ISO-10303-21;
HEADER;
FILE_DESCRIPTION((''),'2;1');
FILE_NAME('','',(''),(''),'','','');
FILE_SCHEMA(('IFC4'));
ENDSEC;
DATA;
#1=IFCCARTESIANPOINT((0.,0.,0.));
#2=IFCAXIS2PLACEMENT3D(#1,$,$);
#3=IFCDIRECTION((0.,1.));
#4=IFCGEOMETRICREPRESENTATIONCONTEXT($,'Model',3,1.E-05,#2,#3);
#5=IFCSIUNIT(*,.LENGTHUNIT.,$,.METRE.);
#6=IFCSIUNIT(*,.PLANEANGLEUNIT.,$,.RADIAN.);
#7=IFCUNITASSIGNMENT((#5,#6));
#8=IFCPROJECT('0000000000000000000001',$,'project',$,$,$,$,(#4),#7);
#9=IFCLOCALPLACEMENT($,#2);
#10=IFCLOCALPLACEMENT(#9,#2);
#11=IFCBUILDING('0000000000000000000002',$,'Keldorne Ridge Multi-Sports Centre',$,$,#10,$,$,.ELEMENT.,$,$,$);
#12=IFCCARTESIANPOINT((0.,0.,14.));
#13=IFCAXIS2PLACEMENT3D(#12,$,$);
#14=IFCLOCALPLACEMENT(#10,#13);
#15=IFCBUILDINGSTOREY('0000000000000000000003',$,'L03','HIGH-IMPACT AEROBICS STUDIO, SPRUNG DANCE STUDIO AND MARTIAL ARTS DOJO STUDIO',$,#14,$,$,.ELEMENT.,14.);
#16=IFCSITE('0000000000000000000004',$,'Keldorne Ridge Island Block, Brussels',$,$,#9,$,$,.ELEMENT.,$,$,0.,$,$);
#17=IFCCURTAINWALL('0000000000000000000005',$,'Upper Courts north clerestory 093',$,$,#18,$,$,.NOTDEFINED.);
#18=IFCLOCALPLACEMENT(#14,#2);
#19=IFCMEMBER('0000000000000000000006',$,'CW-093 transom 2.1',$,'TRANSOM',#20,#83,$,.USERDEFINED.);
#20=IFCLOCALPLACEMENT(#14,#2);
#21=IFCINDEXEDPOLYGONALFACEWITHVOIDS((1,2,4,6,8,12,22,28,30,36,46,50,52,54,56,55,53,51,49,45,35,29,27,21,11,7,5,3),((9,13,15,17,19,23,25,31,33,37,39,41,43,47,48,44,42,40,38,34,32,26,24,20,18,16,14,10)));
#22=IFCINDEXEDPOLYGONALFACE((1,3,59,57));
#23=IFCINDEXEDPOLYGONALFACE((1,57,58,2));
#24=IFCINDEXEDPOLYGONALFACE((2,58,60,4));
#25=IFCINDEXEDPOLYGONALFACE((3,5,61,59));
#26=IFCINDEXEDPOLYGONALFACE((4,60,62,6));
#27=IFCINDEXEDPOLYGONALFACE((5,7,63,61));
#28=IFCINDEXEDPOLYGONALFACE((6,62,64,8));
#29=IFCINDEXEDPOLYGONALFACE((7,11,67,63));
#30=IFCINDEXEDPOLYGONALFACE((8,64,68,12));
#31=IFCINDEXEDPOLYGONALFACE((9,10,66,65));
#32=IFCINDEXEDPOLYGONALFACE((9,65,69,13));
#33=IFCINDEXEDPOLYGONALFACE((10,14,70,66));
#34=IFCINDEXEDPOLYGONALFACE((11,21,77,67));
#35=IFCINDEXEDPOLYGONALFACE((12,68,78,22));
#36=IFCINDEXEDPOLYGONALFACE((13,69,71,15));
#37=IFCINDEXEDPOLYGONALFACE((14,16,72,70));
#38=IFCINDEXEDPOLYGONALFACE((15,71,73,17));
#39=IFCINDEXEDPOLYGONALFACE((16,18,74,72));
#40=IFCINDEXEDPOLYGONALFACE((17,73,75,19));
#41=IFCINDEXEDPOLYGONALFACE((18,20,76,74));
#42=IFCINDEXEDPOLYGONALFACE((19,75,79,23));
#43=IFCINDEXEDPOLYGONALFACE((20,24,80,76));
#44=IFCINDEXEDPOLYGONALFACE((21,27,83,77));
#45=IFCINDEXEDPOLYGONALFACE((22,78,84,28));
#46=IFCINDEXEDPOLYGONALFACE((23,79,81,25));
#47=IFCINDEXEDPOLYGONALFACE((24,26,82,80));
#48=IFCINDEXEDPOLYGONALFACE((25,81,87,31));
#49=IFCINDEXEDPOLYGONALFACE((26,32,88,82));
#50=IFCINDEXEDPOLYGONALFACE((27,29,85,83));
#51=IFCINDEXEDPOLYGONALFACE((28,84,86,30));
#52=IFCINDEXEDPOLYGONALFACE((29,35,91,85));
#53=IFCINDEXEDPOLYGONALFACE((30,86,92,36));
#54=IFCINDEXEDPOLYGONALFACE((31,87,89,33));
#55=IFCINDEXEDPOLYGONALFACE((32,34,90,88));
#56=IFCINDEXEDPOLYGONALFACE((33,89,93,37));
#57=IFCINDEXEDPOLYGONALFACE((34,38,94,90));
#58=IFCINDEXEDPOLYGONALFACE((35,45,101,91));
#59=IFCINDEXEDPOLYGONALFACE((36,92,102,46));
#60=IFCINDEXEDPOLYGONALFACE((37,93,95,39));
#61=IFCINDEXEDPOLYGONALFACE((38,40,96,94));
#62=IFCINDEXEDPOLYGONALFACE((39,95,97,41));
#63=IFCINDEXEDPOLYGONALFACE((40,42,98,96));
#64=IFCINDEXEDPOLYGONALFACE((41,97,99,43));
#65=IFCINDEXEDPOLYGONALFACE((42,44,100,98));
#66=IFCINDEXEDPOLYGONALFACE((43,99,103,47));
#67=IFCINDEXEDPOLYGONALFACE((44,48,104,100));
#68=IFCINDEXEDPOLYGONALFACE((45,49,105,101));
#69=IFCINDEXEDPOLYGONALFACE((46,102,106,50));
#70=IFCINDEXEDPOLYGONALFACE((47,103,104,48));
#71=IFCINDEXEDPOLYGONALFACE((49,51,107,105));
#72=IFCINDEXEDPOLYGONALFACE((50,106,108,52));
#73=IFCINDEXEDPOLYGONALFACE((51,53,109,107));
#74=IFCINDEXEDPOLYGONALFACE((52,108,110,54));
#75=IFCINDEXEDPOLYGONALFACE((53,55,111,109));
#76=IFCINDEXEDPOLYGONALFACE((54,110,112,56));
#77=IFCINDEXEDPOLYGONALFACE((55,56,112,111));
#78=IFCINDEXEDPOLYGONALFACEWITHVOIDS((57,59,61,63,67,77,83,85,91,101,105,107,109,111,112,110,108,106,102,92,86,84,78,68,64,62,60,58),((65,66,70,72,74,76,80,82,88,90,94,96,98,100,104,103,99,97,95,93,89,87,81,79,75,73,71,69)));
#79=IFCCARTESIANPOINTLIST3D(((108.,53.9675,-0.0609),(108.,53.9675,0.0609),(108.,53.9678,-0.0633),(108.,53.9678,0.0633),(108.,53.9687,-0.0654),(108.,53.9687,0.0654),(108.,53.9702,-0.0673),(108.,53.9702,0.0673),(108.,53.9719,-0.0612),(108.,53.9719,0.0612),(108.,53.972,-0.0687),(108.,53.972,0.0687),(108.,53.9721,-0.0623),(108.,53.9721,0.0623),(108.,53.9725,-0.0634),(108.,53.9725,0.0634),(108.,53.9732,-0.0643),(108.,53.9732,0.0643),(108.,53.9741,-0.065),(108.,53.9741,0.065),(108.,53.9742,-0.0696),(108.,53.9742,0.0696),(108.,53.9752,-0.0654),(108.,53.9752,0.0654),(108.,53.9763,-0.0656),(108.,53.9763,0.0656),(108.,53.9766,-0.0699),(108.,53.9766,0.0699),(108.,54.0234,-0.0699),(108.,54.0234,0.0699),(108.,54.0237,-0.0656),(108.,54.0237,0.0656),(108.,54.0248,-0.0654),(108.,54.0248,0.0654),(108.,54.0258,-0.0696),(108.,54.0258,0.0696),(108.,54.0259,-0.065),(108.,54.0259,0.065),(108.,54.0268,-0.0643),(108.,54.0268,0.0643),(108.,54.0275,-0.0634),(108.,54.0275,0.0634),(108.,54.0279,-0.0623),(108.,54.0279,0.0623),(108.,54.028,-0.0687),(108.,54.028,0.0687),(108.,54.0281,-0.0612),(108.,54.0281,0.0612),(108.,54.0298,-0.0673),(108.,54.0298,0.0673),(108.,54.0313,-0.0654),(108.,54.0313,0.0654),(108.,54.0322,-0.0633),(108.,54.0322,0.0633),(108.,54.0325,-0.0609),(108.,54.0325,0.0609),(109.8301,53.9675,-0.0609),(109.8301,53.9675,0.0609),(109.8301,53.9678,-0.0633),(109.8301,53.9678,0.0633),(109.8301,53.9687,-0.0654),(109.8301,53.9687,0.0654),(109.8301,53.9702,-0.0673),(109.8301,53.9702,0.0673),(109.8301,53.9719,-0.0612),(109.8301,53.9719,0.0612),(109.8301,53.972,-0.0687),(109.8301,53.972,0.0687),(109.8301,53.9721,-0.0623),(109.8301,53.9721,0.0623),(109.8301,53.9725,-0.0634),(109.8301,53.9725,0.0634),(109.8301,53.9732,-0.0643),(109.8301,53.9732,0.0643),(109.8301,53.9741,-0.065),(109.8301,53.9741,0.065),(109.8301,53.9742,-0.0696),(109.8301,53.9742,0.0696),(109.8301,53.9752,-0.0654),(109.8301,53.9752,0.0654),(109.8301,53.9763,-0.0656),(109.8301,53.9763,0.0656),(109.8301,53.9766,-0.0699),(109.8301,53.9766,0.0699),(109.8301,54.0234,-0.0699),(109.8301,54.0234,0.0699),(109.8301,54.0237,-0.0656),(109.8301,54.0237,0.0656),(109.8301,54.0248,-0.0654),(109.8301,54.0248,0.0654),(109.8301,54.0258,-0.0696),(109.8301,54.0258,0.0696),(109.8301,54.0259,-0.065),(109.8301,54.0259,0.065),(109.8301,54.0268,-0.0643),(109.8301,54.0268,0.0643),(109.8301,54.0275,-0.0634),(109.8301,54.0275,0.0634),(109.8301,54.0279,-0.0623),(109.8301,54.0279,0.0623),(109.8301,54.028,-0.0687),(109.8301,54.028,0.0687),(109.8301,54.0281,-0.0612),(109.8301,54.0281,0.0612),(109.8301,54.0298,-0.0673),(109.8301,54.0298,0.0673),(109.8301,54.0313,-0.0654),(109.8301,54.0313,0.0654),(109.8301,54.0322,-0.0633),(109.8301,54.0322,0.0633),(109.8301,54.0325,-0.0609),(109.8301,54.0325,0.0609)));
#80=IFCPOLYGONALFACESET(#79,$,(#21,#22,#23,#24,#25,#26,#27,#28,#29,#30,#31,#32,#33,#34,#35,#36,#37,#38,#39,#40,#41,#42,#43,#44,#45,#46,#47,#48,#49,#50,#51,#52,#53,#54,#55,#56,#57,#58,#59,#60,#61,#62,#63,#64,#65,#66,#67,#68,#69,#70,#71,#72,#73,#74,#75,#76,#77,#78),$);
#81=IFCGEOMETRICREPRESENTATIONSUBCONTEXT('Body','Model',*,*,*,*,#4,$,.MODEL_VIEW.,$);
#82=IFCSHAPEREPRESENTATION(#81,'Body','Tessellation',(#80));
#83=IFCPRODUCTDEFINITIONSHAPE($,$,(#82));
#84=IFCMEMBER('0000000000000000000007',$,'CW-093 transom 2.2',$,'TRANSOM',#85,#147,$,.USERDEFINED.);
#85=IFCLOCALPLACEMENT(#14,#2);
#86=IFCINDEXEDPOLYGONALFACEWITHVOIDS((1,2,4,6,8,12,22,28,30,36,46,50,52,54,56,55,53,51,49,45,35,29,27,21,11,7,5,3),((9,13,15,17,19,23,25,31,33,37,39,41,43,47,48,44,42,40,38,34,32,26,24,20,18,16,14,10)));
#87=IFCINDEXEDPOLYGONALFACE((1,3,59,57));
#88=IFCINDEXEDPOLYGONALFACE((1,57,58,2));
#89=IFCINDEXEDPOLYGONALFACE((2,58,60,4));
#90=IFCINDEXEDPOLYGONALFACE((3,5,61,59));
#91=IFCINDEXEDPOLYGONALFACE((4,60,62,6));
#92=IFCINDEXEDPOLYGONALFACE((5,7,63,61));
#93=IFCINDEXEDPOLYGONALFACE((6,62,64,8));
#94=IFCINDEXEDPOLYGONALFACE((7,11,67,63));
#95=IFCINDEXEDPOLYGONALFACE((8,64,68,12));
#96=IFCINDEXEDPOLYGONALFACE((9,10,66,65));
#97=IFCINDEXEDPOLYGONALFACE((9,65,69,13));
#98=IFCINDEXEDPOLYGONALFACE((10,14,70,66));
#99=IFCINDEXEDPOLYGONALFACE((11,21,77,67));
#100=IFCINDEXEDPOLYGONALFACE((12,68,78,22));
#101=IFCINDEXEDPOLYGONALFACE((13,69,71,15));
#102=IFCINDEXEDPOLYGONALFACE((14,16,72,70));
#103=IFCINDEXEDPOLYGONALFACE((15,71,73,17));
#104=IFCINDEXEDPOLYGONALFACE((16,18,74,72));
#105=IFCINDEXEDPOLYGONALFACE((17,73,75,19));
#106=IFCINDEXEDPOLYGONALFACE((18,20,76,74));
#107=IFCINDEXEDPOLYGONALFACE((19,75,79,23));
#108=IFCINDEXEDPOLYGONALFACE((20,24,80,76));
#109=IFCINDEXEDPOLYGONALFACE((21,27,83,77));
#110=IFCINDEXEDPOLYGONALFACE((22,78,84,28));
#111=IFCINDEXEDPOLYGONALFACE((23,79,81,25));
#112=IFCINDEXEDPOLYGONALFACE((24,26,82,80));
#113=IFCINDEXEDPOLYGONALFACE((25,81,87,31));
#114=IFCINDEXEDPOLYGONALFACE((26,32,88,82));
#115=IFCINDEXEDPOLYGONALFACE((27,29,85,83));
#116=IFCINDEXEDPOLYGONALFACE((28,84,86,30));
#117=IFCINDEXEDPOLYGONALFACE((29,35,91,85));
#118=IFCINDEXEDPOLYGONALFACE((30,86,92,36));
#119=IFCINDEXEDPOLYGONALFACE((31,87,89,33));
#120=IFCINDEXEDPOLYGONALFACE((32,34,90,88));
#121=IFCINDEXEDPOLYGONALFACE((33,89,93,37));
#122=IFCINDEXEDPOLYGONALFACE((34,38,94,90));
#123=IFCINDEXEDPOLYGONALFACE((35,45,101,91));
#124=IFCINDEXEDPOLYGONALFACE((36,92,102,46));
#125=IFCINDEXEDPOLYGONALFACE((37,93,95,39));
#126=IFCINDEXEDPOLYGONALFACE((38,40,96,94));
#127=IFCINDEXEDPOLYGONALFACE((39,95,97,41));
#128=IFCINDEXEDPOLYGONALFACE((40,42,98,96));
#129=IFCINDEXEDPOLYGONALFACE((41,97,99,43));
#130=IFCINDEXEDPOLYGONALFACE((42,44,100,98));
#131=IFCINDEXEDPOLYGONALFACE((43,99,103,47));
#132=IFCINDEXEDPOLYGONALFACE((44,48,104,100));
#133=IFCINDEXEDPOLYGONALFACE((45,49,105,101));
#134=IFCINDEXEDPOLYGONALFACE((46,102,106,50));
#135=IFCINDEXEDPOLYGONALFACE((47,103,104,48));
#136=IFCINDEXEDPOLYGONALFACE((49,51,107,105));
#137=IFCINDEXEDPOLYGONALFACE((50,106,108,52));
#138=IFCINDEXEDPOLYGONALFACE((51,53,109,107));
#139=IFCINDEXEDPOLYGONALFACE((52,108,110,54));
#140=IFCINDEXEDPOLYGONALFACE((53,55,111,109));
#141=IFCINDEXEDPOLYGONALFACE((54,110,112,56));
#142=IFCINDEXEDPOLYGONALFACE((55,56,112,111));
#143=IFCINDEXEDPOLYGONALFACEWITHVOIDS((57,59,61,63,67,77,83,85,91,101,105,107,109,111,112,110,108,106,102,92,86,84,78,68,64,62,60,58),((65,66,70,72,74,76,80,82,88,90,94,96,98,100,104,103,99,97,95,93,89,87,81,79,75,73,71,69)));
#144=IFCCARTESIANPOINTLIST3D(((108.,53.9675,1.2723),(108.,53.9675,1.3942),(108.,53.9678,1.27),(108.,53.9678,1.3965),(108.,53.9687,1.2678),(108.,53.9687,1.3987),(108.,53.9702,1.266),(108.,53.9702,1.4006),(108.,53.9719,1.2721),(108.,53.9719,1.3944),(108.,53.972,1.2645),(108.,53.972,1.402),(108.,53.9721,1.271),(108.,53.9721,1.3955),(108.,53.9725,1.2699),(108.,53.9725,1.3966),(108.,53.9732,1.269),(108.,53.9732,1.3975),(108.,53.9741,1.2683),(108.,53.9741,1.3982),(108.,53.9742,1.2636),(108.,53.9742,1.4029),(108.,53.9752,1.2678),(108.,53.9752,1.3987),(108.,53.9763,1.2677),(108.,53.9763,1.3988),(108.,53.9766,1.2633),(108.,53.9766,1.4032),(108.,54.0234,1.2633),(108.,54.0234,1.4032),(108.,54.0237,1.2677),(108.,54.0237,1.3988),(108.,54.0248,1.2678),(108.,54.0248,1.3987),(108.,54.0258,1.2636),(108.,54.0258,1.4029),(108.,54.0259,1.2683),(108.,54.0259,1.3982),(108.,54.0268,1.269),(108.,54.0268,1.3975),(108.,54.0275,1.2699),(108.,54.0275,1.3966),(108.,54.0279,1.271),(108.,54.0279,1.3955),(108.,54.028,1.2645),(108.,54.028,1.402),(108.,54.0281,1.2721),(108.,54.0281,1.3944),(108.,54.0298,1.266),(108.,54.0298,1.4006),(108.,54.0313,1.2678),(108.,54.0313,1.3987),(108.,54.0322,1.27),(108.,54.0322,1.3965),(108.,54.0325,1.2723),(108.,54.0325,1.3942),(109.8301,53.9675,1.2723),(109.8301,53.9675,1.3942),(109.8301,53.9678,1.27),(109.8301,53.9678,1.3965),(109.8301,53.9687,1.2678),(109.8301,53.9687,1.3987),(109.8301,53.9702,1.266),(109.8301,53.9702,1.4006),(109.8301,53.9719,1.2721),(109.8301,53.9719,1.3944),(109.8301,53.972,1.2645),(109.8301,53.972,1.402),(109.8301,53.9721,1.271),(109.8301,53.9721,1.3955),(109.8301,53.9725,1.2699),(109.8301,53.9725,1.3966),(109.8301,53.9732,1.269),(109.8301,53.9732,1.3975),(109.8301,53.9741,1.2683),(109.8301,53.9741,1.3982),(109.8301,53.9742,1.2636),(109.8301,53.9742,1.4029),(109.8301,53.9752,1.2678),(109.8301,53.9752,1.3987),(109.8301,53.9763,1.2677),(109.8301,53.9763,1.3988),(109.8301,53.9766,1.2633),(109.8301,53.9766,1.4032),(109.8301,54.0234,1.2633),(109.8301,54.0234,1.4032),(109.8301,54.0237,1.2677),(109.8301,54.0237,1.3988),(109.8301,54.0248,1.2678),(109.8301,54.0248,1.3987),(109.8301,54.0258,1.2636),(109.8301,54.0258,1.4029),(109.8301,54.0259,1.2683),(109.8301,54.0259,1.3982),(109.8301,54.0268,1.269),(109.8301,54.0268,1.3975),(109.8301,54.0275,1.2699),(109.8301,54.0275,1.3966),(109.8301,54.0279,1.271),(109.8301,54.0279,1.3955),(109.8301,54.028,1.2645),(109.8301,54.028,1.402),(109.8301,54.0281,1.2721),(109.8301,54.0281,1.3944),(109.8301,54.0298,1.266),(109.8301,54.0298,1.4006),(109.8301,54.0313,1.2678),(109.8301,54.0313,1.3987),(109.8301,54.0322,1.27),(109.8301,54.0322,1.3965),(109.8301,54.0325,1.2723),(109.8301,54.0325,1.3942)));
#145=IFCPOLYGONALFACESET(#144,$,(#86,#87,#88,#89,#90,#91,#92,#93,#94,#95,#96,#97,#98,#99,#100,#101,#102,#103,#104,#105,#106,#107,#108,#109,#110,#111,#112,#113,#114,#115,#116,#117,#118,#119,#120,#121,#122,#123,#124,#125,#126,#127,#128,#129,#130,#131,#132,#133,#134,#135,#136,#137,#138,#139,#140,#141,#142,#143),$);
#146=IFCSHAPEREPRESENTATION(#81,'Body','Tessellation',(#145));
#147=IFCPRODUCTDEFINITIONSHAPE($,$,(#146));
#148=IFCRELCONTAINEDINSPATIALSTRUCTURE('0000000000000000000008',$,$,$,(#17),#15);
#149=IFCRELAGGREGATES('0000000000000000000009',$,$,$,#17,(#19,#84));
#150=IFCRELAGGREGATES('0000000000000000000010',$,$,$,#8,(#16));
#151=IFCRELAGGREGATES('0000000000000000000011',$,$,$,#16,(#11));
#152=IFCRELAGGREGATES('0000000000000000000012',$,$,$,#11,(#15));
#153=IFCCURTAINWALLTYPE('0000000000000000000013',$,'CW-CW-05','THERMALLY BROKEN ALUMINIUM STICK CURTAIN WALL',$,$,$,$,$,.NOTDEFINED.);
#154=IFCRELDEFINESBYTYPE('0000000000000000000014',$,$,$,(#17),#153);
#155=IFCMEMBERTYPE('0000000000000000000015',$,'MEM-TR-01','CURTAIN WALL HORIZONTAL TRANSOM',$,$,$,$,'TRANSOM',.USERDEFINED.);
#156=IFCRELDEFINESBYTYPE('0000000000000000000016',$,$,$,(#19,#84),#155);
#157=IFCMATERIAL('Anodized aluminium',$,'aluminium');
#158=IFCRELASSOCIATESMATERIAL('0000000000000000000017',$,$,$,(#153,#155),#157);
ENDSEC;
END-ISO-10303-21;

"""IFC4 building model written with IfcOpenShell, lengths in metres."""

from ifc_helpers import new_model, si_unit, direction, frame, origin, origin_2d, place, context, subcontext, project, spatial, hollow_rectangle, extrude, material, material_profile, profile_set, type_object, element, aggregate, save


model = new_model("IFC4")

# Units and contexts
model_context = context("Model", 3, precision=1e-05, world=origin(), true_north=direction((0.0, 1.0)))
body_context = subcontext(model_context, "Body", "Model", "MODEL_VIEW")
ifc_project = project(units=[si_unit("LENGTHUNIT", "METRE"), si_unit("PLANEANGLEUNIT", "RADIAN")], contexts=[model_context])

# Site, building, storey
site_placement = place(None, origin())
site = spatial("IfcSite", under=ifc_project, at=site_placement, Name="Keldorne Ridge Island Block, Brussels", CompositionType="ELEMENT", RefElevation=0.0)
building_placement = place(site_placement, origin())
building = spatial("IfcBuilding", under=site, at=building_placement, Name="Keldorne Ridge Multi-Sports Centre", CompositionType="ELEMENT")
storey_placement = place(building_placement, frame((0.0, 0.0, 14.0)))
storey = spatial("IfcBuildingStorey", under=building, at=storey_placement, Name="L03", Description="HIGH-IMPACT AEROBICS STUDIO, SPRUNG DANCE STUDIO AND MARTIAL ARTS DOJO STUDIO", CompositionType="ELEMENT", Elevation=14.0)

# Curtain wall, members
ifc_material_1 = material(Name="Anodized aluminium", Category="aluminium")
curtain_wall_type = type_object("IfcCurtainWallType", Name="CW-CW-05", Description="THERMALLY BROKEN ALUMINIUM STICK CURTAIN WALL", PredefinedType="NOTDEFINED", material=ifc_material_1)
curtain_wall_placement = place(storey_placement, origin())
curtain_wall = element("IfcCurtainWall", 1, at=curtain_wall_placement, inside=storey, type_object=curtain_wall_type, Name="Upper Courts north clerestory 093", PredefinedType="NOTDEFINED")
ifc_material_profile_1 = material_profile(ifc_material_1, hollow_rectangle(XDim=0.0649, YDim=0.1399, WallThickness=0.0044, InnerFilletRadius=0.0044, OuterFilletRadius=0.009, at=origin_2d()), Name="ALU TRANSOM 140x65x4.5")
ifc_profile_set_1 = profile_set([ifc_material_profile_1], Name="Anodized aluminium")
member_type_1 = type_object("IfcMemberType", Name="MEM-TR-01", Description="CURTAIN WALL HORIZONTAL TRANSOM", ElementType="TRANSOM", PredefinedType="USERDEFINED", material=ifc_profile_set_1)
member_1_placement = place(storey_placement, frame((109.8301, 54.0, 0.0), z_axis=(-1.0, 0.0, 0.0), x_axis=(0.0, -1.0, 0.0)))
member_1 = element("IfcMember", 2, at=member_1_placement, type_object=member_type_1, Name="CW-093 transom 2.1", ObjectType="TRANSOM", PredefinedType="USERDEFINED", context=body_context, shape_type="SweptSolid", body=[
    extrude(hollow_rectangle(XDim=0.0649, YDim=0.1399, WallThickness=0.0044, InnerFilletRadius=0.0044, OuterFilletRadius=0.009, at=origin_2d()), origin(), (0.0, 0.0, 1.0), 1.8301),
])
member_2_placement = place(storey_placement, frame((109.8301, 54.0, 1.3333), z_axis=(-1.0, 0.0, 0.0), x_axis=(0.0, -1.0, 0.0)))
member_2 = element("IfcMember", 3, at=member_2_placement, type_object=member_type_1, Name="CW-093 transom 2.2", ObjectType="TRANSOM", PredefinedType="USERDEFINED", context=body_context, shape_type="SweptSolid", body=[
    extrude(hollow_rectangle(XDim=0.0649, YDim=0.1399, WallThickness=0.0044, InnerFilletRadius=0.0044, OuterFilletRadius=0.009, at=origin_2d()), origin(), (0.0, 0.0, 1.0), 1.8301),
])
aggregate(curtain_wall, [member_1, member_2])

save(model, "model.ifc")
